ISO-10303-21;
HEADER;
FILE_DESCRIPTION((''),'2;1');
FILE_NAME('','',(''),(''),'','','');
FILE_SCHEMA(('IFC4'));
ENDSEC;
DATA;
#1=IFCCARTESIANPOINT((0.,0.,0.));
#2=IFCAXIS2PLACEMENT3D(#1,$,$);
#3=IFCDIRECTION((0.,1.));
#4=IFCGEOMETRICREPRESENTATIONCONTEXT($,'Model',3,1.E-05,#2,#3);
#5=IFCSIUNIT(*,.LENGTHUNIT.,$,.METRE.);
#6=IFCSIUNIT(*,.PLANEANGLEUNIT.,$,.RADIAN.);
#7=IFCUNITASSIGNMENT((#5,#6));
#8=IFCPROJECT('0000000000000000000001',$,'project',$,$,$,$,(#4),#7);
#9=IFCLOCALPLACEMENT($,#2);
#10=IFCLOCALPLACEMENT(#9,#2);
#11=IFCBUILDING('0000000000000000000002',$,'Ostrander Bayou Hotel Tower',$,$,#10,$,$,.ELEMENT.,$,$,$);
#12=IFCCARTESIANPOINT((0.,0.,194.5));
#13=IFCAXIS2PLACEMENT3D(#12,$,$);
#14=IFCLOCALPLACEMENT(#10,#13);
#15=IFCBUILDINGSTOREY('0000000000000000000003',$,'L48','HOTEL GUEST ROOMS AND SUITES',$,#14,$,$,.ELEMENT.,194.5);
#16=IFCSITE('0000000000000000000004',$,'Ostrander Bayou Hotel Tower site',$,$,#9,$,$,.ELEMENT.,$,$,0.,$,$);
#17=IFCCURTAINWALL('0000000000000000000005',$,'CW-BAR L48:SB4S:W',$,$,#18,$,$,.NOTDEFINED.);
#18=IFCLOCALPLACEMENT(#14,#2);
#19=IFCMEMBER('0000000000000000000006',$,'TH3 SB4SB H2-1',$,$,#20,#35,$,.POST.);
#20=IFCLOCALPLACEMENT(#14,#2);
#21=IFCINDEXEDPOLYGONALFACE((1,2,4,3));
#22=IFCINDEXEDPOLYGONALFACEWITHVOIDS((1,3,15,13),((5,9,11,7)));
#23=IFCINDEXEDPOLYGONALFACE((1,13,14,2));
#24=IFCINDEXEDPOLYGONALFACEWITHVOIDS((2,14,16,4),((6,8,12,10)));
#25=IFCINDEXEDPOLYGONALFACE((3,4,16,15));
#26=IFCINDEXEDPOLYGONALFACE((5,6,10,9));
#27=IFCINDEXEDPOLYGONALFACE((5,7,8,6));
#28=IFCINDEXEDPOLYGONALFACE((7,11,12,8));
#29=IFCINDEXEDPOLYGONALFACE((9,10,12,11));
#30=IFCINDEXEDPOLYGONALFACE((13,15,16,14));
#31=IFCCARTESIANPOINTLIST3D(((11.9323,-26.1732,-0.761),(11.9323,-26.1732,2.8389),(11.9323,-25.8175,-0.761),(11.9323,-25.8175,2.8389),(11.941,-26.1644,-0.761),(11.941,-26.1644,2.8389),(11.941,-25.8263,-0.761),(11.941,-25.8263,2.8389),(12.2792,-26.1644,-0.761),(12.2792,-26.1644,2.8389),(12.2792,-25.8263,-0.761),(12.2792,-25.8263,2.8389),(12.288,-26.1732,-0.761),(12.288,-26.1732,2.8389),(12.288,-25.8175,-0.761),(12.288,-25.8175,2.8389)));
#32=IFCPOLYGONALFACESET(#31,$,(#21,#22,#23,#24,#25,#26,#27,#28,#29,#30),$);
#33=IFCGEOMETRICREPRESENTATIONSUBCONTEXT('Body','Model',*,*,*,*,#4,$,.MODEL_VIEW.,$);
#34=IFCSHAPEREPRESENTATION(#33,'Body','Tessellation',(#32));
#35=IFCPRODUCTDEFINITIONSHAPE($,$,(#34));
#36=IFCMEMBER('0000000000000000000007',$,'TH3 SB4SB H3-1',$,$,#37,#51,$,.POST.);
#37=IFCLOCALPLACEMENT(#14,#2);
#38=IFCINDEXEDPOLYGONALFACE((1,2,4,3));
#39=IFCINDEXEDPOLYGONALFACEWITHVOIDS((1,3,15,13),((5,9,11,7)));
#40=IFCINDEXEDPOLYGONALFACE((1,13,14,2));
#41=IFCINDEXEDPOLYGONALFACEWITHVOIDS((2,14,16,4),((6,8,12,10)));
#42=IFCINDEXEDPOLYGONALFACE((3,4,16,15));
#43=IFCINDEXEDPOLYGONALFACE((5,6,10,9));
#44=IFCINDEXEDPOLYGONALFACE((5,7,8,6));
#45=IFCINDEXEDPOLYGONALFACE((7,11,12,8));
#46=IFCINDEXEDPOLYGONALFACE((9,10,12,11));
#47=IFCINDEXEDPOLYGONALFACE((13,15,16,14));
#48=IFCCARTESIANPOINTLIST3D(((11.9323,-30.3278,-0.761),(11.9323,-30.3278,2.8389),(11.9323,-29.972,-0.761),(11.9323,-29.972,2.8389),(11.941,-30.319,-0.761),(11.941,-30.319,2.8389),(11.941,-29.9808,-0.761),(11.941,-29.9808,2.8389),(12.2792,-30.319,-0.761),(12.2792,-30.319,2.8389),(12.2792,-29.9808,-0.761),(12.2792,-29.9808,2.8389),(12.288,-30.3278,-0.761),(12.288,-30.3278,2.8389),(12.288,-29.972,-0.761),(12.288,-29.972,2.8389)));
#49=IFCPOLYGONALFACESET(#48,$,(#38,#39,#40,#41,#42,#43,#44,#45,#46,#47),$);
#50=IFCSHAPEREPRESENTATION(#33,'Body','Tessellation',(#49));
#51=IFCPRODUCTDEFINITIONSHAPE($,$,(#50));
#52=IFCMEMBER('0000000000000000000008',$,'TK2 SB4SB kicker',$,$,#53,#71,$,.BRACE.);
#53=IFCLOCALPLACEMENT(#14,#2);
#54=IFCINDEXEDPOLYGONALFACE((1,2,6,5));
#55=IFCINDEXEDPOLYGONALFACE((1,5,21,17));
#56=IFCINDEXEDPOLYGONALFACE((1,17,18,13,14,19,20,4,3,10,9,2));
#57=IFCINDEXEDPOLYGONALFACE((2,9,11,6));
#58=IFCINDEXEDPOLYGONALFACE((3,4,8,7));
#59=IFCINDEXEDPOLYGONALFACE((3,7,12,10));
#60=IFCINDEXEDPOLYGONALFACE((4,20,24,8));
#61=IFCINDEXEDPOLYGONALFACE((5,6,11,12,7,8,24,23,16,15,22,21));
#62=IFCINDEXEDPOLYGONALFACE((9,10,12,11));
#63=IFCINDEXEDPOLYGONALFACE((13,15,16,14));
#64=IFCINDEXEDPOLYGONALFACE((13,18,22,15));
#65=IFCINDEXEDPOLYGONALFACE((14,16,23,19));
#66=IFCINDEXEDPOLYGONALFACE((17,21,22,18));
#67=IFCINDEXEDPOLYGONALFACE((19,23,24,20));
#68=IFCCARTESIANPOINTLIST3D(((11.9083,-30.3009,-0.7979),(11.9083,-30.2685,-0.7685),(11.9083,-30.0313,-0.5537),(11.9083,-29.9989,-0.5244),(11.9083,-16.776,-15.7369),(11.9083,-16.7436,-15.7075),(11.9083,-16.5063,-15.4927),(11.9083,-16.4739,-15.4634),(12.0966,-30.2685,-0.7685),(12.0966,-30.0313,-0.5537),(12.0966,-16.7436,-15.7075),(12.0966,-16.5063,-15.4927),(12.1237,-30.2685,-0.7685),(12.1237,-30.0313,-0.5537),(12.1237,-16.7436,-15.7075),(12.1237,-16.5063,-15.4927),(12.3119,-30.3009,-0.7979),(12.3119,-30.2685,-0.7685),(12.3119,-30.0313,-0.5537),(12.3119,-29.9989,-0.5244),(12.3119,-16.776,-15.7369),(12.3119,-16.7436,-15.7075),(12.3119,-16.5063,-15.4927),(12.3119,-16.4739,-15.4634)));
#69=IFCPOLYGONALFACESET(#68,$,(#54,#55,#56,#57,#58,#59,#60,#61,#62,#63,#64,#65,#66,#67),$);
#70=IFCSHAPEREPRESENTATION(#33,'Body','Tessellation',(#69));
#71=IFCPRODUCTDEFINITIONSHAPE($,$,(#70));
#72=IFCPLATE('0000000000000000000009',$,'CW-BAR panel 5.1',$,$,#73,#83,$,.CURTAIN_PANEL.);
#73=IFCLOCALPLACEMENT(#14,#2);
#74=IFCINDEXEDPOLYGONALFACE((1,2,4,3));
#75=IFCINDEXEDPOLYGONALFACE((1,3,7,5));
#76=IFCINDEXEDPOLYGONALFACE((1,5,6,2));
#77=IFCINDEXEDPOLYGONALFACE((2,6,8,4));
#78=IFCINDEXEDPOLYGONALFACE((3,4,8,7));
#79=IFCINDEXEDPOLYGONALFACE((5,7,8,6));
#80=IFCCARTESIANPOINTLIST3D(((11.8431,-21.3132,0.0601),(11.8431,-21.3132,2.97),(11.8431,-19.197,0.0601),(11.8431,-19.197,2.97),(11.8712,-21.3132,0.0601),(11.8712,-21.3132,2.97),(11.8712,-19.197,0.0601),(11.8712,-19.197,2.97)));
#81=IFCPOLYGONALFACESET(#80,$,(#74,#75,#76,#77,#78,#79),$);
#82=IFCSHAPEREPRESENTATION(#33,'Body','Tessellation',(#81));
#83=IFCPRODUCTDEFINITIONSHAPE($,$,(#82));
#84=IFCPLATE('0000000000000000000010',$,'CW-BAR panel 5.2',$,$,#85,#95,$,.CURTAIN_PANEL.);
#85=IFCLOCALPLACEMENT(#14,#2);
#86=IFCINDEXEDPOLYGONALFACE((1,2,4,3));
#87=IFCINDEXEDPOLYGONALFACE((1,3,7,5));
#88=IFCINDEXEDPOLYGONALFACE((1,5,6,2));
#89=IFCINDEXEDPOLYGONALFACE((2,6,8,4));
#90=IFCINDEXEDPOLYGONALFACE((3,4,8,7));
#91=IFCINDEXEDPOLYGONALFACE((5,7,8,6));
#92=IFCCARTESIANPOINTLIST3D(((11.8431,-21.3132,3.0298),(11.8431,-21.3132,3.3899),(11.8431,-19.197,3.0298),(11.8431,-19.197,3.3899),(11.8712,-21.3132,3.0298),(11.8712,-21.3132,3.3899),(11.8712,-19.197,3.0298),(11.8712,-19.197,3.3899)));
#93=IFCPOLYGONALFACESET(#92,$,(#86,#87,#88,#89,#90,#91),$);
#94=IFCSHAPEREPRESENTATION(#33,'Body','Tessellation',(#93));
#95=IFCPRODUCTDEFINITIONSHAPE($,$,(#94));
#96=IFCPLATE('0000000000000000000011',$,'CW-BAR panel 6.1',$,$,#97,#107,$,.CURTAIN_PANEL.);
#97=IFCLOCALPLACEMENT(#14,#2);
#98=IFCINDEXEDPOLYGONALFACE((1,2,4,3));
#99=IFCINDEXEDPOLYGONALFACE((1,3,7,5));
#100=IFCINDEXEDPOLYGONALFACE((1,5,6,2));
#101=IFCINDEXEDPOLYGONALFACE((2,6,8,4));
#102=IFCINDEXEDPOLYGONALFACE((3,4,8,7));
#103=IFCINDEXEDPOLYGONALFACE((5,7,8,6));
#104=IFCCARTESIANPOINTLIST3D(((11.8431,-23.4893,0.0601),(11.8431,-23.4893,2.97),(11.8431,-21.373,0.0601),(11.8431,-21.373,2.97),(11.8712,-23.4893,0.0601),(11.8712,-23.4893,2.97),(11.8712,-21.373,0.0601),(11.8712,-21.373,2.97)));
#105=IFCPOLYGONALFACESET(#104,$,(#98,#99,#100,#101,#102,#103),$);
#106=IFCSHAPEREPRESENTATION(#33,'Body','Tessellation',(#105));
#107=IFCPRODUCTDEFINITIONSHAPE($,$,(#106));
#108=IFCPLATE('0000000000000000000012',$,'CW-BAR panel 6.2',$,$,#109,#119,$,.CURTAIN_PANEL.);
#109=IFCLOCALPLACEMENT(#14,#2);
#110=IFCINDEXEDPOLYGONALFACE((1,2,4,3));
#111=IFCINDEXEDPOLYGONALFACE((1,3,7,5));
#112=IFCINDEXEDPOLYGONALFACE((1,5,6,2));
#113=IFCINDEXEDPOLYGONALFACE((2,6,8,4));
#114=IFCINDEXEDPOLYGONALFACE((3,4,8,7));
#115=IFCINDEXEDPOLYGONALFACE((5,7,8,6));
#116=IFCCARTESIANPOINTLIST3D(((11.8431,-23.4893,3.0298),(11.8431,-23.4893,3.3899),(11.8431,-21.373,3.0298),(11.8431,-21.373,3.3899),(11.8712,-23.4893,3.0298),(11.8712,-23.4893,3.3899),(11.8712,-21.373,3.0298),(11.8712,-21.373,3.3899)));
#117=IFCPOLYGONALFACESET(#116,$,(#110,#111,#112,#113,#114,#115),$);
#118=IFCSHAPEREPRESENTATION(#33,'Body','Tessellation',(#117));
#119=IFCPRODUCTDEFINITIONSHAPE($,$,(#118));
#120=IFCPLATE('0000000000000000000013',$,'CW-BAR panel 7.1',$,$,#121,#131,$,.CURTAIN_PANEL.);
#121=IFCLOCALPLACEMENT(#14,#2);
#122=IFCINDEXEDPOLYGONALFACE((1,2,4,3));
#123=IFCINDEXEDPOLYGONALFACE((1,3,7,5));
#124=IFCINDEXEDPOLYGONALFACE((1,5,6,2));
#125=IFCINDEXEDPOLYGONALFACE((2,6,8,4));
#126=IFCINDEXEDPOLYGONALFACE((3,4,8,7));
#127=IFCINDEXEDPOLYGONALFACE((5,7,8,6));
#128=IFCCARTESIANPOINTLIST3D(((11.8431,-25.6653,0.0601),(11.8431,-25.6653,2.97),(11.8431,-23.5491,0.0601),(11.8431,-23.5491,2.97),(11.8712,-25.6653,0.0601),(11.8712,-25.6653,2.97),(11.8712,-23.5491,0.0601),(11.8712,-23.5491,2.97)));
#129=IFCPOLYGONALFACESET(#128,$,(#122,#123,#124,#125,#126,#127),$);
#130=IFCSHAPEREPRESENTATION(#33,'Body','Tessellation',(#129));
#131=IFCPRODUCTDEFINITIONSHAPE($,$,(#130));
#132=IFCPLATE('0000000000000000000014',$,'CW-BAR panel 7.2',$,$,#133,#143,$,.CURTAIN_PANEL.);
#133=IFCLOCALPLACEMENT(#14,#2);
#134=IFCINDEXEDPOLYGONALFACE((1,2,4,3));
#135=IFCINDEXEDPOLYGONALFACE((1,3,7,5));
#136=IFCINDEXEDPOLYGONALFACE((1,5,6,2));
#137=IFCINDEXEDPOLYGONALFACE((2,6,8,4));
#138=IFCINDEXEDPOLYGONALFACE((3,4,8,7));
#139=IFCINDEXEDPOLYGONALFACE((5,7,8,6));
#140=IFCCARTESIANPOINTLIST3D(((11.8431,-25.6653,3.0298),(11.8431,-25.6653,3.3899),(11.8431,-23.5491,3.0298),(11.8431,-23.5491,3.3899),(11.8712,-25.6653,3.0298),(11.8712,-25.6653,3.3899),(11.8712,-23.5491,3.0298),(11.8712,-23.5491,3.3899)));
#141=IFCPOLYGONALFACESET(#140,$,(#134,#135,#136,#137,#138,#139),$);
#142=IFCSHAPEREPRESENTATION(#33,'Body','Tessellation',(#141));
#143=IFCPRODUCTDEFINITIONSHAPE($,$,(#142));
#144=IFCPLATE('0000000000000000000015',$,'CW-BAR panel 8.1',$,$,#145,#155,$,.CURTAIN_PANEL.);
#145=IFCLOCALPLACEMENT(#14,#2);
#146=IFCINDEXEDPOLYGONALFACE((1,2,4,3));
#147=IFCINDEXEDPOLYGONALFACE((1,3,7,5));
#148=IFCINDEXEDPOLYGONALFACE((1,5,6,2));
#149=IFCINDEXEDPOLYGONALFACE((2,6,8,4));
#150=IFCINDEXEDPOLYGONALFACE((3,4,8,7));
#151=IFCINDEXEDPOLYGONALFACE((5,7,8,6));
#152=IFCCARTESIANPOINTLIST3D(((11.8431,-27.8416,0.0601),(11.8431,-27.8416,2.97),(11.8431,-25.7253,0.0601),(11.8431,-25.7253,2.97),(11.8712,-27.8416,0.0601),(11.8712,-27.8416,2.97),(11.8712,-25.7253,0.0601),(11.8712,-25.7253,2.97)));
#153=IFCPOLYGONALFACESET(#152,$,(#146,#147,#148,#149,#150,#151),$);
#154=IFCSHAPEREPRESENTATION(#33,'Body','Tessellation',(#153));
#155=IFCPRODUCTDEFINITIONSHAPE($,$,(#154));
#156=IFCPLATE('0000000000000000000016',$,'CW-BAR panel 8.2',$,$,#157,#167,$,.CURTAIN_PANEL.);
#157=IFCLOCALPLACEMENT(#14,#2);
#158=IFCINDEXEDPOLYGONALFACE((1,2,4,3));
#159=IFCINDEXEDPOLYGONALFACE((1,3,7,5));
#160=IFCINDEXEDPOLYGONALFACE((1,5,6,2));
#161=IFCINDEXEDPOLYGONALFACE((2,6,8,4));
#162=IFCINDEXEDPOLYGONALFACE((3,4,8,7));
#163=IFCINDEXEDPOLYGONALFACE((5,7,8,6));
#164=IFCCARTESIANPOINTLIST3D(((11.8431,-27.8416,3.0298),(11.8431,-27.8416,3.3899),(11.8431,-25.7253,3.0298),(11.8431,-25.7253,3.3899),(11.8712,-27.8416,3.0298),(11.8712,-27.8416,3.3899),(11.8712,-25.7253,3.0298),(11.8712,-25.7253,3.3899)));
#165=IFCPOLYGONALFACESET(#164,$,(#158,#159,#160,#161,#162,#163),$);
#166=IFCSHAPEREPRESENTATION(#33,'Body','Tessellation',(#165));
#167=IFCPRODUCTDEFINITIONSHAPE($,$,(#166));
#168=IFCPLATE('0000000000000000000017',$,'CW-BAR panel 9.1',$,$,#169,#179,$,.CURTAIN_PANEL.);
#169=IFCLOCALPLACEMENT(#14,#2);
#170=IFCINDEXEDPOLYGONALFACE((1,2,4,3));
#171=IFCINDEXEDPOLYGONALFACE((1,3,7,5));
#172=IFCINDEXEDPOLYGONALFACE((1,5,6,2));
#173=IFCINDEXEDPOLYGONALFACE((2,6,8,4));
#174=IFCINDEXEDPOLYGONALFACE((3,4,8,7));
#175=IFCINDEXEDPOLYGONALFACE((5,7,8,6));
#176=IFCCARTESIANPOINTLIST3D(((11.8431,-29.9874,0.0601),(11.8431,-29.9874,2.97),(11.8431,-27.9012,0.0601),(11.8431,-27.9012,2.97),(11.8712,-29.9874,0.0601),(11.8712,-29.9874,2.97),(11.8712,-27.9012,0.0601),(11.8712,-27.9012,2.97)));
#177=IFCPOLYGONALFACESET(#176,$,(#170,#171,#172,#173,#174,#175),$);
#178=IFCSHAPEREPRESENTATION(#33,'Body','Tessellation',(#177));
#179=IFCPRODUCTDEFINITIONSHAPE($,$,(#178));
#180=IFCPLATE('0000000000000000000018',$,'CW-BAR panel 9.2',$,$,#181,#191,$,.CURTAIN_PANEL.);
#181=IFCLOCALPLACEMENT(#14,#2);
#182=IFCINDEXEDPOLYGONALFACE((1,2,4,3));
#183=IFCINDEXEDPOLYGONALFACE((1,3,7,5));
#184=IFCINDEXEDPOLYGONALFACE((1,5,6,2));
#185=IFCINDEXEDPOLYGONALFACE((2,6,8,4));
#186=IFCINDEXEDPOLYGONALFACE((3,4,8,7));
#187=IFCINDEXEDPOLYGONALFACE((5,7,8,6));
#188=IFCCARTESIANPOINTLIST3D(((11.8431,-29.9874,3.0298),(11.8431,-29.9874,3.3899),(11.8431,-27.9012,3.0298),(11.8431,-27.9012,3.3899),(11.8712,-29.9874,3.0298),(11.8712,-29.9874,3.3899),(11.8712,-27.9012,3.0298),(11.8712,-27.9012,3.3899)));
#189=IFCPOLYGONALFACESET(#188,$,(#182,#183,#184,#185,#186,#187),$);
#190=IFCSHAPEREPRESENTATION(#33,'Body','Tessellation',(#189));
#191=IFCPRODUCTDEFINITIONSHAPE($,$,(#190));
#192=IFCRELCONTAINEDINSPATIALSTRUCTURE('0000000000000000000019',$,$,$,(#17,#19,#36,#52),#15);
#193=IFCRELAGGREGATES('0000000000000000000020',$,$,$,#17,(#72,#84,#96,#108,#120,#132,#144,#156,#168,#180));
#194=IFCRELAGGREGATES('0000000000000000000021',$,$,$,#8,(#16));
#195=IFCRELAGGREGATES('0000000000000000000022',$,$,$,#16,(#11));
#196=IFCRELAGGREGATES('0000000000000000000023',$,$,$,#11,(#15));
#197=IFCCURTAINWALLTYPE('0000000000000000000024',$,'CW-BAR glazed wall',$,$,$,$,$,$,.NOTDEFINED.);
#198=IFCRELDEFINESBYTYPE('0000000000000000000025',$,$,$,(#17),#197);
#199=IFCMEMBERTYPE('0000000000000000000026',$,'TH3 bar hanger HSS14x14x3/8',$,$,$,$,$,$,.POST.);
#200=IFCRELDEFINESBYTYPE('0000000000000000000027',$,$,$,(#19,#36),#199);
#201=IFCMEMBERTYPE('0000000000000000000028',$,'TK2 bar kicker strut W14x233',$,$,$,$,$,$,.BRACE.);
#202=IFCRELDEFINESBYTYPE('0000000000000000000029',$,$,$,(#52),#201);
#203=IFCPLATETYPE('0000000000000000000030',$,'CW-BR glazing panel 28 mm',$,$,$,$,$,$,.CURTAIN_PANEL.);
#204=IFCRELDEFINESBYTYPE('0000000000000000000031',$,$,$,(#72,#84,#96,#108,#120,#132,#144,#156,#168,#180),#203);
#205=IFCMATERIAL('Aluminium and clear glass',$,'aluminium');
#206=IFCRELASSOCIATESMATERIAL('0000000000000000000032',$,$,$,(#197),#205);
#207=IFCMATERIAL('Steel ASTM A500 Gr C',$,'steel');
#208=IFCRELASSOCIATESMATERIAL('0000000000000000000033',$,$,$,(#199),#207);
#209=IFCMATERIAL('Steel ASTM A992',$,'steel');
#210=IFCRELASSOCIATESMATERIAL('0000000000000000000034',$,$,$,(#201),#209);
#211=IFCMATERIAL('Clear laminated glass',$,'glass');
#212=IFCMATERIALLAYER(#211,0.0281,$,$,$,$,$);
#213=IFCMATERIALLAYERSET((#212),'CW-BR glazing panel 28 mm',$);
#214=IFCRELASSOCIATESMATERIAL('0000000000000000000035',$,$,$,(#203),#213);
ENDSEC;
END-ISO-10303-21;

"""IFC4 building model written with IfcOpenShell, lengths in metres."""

from ifc_helpers import new_model, si_unit, direction, frame, origin, origin_2d, place, context, subcontext, project, spatial, rectangle, hollow_rectangle, i_section, extrude, material, layer, layer_set, material_profile, profile_set, type_object, element, aggregate, save


model = new_model("IFC4")

# Units and contexts
model_context = context("Model", 3, precision=1e-05, world=origin(), true_north=direction((0.0, 1.0)))
body_context = subcontext(model_context, "Body", "Model", "MODEL_VIEW")
ifc_project = project(units=[si_unit("LENGTHUNIT", "METRE"), si_unit("PLANEANGLEUNIT", "RADIAN")], contexts=[model_context])

# Site, building, storey
site_placement = place(None, origin())
site = spatial("IfcSite", under=ifc_project, at=site_placement, Name="Ostrander Bayou Hotel Tower site", CompositionType="ELEMENT", RefElevation=0.0)
building_placement = place(site_placement, origin())
building = spatial("IfcBuilding", under=site, at=building_placement, Name="Ostrander Bayou Hotel Tower", CompositionType="ELEMENT")
storey_placement = place(building_placement, frame((0.0, 0.0, 194.5)))
storey = spatial("IfcBuildingStorey", under=building, at=storey_placement, Name="L48", Description="HOTEL GUEST ROOMS AND SUITES", CompositionType="ELEMENT", Elevation=194.5)

# Curtain wall
ifc_material_1 = material(Name="Aluminium and clear glass", Category="aluminium")
curtain_wall_type = type_object("IfcCurtainWallType", Name="CW-BAR glazed wall", PredefinedType="NOTDEFINED", material=ifc_material_1)
curtain_wall_placement = place(storey_placement, origin())
curtain_wall = element("IfcCurtainWall", 1, at=curtain_wall_placement, inside=storey, type_object=curtain_wall_type, Name="CW-BAR L48:SB4S:W", PredefinedType="NOTDEFINED")

# Members
ifc_material_2 = material(Name="Steel ASTM A500 Gr C", Category="steel")
ifc_material_profile_1 = material_profile(ifc_material_2, hollow_rectangle(XDim=0.3557, YDim=0.3557, WallThickness=0.0088, at=origin_2d()))
ifc_profile_set_1 = profile_set([ifc_material_profile_1], Name="Steel ASTM A500 Gr C")
member_type_1 = type_object("IfcMemberType", Name="TH3 bar hanger HSS14x14x3/8", PredefinedType="POST", material=ifc_profile_set_1)
for number, where, z_axis, x_axis, name in (
    (2, (12.1101, -25.9954, -0.761), (0.0, 0.0, 1.0), (1.0, 0.0, 0.0), "TH3 SB4SB H2-1"),
    (3, (12.1101, -30.1499, -0.761), (0.0, 0.0, 1.0), (1.0, 0.0, 0.0), "TH3 SB4SB H3-1"),
):
    element("IfcMember", number, at=place(storey_placement, frame(where, z_axis=z_axis, x_axis=x_axis)), inside=storey, type_object=member_type_1, Name=name, PredefinedType="POST", context=body_context, shape_type="SweptSolid", body=[
        extrude(hollow_rectangle(XDim=0.3557, YDim=0.3557, WallThickness=0.0088, at=origin_2d()), origin(), (0.0, 0.0, 1.0), 3.5999),
    ])
ifc_material_3 = material(Name="Steel ASTM A992", Category="steel")
ifc_material_profile_2 = material_profile(ifc_material_3, i_section(OverallWidth=0.4036, OverallDepth=0.4075, WebThickness=0.0271, FlangeThickness=0.0437, at=origin_2d()))
ifc_profile_set_2 = profile_set([ifc_material_profile_2], Name="Steel ASTM A992")
member_type_2 = type_object("IfcMemberType", Name="TK2 bar kicker strut W14x233", PredefinedType="BRACE", material=ifc_profile_set_2)
member_1_placement = place(storey_placement, frame((12.1101, -30.1499, -0.6611), z_axis=(0.0, 0.671151, -0.741321), x_axis=(-1.0, 0.0, 0.0)))
element("IfcMember", 4, at=member_1_placement, inside=storey, type_object=member_type_2, Name="TK2 SB4SB kicker", PredefinedType="BRACE", context=body_context, shape_type="SweptSolid", body=[
    extrude(i_section(OverallWidth=0.4036, OverallDepth=0.4075, WebThickness=0.0271, FlangeThickness=0.0437, at=origin_2d()), origin(), (0.0, 0.0, 1.0), 20.1519),
])

# Plates
ifc_material_4 = material(Name="Clear laminated glass", Category="glass")
ifc_layer_1 = layer(ifc_material_4, 0.0281)
ifc_layer_set_1 = layer_set([ifc_layer_1], Name="CW-BR glazing panel 28 mm")
plate_type = type_object("IfcPlateType", Name="CW-BR glazing panel 28 mm", PredefinedType="CURTAIN_PANEL", material=ifc_layer_set_1)
plate_1_placement = place(storey_placement, frame((11.8572, -20.2551, 0.0601), z_axis=(0.0, 0.0, 1.0), x_axis=(0.0, -1.0, 0.0)))
plate_1 = element("IfcPlate", 5, at=plate_1_placement, type_object=plate_type, Name="CW-BAR panel 5.1", PredefinedType="CURTAIN_PANEL", context=body_context, shape_type="SweptSolid", body=[
    extrude(rectangle(XDim=2.1162, YDim=0.0281, at=origin_2d()), origin(), (0.0, 0.0, 1.0), 2.9099),
])
plate_2_placement = place(storey_placement, frame((11.8572, -20.2551, 3.0298), z_axis=(0.0, 0.0, 1.0), x_axis=(0.0, -1.0, 0.0)))
plate_2 = element("IfcPlate", 6, at=plate_2_placement, type_object=plate_type, Name="CW-BAR panel 5.2", PredefinedType="CURTAIN_PANEL", context=body_context, shape_type="SweptSolid", body=[
    extrude(rectangle(XDim=2.1162, YDim=0.0281, at=origin_2d()), origin(), (0.0, 0.0, 1.0), 0.3601),
])
plate_3_placement = place(storey_placement, frame((11.8572, -22.4312, 0.0601), z_axis=(0.0, 0.0, 1.0), x_axis=(0.0, -1.0, 0.0)))
plate_3 = element("IfcPlate", 7, at=plate_3_placement, type_object=plate_type, Name="CW-BAR panel 6.1", PredefinedType="CURTAIN_PANEL", context=body_context, shape_type="SweptSolid", body=[
    extrude(rectangle(XDim=2.1162, YDim=0.0281, at=origin_2d()), origin(), (0.0, 0.0, 1.0), 2.9099),
])
plate_4_placement = place(storey_placement, frame((11.8572, -22.4312, 3.0298), z_axis=(0.0, 0.0, 1.0), x_axis=(0.0, -1.0, 0.0)))
plate_4 = element("IfcPlate", 8, at=plate_4_placement, type_object=plate_type, Name="CW-BAR panel 6.2", PredefinedType="CURTAIN_PANEL", context=body_context, shape_type="SweptSolid", body=[
    extrude(rectangle(XDim=2.1162, YDim=0.0281, at=origin_2d()), origin(), (0.0, 0.0, 1.0), 0.3601),
])
plate_5_placement = place(storey_placement, frame((11.8572, -24.6072, 0.0601), z_axis=(0.0, 0.0, 1.0), x_axis=(0.0, -1.0, 0.0)))
plate_5 = element("IfcPlate", 9, at=plate_5_placement, type_object=plate_type, Name="CW-BAR panel 7.1", PredefinedType="CURTAIN_PANEL", context=body_context, shape_type="SweptSolid", body=[
    extrude(rectangle(XDim=2.1162, YDim=0.0281, at=origin_2d()), origin(), (0.0, 0.0, 1.0), 2.9099),
])
plate_6_placement = place(storey_placement, frame((11.8572, -24.6072, 3.0298), z_axis=(0.0, 0.0, 1.0), x_axis=(0.0, -1.0, 0.0)))
plate_6 = element("IfcPlate", 10, at=plate_6_placement, type_object=plate_type, Name="CW-BAR panel 7.2", PredefinedType="CURTAIN_PANEL", context=body_context, shape_type="SweptSolid", body=[
    extrude(rectangle(XDim=2.1162, YDim=0.0281, at=origin_2d()), origin(), (0.0, 0.0, 1.0), 0.3601),
])
plate_7_placement = place(storey_placement, frame((11.8572, -26.7834, 0.0601), z_axis=(0.0, 0.0, 1.0), x_axis=(0.0, -1.0, 0.0)))
plate_7 = element("IfcPlate", 11, at=plate_7_placement, type_object=plate_type, Name="CW-BAR panel 8.1", PredefinedType="CURTAIN_PANEL", context=body_context, shape_type="SweptSolid", body=[
    extrude(rectangle(XDim=2.1162, YDim=0.0281, at=origin_2d()), origin(), (0.0, 0.0, 1.0), 2.9099),
])
plate_8_placement = place(storey_placement, frame((11.8572, -26.7834, 3.0298), z_axis=(0.0, 0.0, 1.0), x_axis=(0.0, -1.0, 0.0)))
plate_8 = element("IfcPlate", 12, at=plate_8_placement, type_object=plate_type, Name="CW-BAR panel 8.2", PredefinedType="CURTAIN_PANEL", context=body_context, shape_type="SweptSolid", body=[
    extrude(rectangle(XDim=2.1162, YDim=0.0281, at=origin_2d()), origin(), (0.0, 0.0, 1.0), 0.3601),
])
plate_9_placement = place(storey_placement, frame((11.8572, -28.9443, 0.0601), z_axis=(0.0, 0.0, 1.0), x_axis=(0.0, -1.0, 0.0)))
plate_9 = element("IfcPlate", 13, at=plate_9_placement, type_object=plate_type, Name="CW-BAR panel 9.1", PredefinedType="CURTAIN_PANEL", context=body_context, shape_type="SweptSolid", body=[
    extrude(rectangle(XDim=2.0862, YDim=0.0281, at=origin_2d()), origin(), (0.0, 0.0, 1.0), 2.9099),
])
plate_10_placement = place(storey_placement, frame((11.8572, -28.9443, 3.0298), z_axis=(0.0, 0.0, 1.0), x_axis=(0.0, -1.0, 0.0)))
plate_10 = element("IfcPlate", 14, at=plate_10_placement, type_object=plate_type, Name="CW-BAR panel 9.2", PredefinedType="CURTAIN_PANEL", context=body_context, shape_type="SweptSolid", body=[
    extrude(rectangle(XDim=2.0862, YDim=0.0281, at=origin_2d()), origin(), (0.0, 0.0, 1.0), 0.3601),
])
aggregate(curtain_wall, [plate_1, plate_2, plate_3, plate_4, plate_5, plate_6, plate_7, plate_8, plate_9, plate_10])

save(model, "model.ifc")
